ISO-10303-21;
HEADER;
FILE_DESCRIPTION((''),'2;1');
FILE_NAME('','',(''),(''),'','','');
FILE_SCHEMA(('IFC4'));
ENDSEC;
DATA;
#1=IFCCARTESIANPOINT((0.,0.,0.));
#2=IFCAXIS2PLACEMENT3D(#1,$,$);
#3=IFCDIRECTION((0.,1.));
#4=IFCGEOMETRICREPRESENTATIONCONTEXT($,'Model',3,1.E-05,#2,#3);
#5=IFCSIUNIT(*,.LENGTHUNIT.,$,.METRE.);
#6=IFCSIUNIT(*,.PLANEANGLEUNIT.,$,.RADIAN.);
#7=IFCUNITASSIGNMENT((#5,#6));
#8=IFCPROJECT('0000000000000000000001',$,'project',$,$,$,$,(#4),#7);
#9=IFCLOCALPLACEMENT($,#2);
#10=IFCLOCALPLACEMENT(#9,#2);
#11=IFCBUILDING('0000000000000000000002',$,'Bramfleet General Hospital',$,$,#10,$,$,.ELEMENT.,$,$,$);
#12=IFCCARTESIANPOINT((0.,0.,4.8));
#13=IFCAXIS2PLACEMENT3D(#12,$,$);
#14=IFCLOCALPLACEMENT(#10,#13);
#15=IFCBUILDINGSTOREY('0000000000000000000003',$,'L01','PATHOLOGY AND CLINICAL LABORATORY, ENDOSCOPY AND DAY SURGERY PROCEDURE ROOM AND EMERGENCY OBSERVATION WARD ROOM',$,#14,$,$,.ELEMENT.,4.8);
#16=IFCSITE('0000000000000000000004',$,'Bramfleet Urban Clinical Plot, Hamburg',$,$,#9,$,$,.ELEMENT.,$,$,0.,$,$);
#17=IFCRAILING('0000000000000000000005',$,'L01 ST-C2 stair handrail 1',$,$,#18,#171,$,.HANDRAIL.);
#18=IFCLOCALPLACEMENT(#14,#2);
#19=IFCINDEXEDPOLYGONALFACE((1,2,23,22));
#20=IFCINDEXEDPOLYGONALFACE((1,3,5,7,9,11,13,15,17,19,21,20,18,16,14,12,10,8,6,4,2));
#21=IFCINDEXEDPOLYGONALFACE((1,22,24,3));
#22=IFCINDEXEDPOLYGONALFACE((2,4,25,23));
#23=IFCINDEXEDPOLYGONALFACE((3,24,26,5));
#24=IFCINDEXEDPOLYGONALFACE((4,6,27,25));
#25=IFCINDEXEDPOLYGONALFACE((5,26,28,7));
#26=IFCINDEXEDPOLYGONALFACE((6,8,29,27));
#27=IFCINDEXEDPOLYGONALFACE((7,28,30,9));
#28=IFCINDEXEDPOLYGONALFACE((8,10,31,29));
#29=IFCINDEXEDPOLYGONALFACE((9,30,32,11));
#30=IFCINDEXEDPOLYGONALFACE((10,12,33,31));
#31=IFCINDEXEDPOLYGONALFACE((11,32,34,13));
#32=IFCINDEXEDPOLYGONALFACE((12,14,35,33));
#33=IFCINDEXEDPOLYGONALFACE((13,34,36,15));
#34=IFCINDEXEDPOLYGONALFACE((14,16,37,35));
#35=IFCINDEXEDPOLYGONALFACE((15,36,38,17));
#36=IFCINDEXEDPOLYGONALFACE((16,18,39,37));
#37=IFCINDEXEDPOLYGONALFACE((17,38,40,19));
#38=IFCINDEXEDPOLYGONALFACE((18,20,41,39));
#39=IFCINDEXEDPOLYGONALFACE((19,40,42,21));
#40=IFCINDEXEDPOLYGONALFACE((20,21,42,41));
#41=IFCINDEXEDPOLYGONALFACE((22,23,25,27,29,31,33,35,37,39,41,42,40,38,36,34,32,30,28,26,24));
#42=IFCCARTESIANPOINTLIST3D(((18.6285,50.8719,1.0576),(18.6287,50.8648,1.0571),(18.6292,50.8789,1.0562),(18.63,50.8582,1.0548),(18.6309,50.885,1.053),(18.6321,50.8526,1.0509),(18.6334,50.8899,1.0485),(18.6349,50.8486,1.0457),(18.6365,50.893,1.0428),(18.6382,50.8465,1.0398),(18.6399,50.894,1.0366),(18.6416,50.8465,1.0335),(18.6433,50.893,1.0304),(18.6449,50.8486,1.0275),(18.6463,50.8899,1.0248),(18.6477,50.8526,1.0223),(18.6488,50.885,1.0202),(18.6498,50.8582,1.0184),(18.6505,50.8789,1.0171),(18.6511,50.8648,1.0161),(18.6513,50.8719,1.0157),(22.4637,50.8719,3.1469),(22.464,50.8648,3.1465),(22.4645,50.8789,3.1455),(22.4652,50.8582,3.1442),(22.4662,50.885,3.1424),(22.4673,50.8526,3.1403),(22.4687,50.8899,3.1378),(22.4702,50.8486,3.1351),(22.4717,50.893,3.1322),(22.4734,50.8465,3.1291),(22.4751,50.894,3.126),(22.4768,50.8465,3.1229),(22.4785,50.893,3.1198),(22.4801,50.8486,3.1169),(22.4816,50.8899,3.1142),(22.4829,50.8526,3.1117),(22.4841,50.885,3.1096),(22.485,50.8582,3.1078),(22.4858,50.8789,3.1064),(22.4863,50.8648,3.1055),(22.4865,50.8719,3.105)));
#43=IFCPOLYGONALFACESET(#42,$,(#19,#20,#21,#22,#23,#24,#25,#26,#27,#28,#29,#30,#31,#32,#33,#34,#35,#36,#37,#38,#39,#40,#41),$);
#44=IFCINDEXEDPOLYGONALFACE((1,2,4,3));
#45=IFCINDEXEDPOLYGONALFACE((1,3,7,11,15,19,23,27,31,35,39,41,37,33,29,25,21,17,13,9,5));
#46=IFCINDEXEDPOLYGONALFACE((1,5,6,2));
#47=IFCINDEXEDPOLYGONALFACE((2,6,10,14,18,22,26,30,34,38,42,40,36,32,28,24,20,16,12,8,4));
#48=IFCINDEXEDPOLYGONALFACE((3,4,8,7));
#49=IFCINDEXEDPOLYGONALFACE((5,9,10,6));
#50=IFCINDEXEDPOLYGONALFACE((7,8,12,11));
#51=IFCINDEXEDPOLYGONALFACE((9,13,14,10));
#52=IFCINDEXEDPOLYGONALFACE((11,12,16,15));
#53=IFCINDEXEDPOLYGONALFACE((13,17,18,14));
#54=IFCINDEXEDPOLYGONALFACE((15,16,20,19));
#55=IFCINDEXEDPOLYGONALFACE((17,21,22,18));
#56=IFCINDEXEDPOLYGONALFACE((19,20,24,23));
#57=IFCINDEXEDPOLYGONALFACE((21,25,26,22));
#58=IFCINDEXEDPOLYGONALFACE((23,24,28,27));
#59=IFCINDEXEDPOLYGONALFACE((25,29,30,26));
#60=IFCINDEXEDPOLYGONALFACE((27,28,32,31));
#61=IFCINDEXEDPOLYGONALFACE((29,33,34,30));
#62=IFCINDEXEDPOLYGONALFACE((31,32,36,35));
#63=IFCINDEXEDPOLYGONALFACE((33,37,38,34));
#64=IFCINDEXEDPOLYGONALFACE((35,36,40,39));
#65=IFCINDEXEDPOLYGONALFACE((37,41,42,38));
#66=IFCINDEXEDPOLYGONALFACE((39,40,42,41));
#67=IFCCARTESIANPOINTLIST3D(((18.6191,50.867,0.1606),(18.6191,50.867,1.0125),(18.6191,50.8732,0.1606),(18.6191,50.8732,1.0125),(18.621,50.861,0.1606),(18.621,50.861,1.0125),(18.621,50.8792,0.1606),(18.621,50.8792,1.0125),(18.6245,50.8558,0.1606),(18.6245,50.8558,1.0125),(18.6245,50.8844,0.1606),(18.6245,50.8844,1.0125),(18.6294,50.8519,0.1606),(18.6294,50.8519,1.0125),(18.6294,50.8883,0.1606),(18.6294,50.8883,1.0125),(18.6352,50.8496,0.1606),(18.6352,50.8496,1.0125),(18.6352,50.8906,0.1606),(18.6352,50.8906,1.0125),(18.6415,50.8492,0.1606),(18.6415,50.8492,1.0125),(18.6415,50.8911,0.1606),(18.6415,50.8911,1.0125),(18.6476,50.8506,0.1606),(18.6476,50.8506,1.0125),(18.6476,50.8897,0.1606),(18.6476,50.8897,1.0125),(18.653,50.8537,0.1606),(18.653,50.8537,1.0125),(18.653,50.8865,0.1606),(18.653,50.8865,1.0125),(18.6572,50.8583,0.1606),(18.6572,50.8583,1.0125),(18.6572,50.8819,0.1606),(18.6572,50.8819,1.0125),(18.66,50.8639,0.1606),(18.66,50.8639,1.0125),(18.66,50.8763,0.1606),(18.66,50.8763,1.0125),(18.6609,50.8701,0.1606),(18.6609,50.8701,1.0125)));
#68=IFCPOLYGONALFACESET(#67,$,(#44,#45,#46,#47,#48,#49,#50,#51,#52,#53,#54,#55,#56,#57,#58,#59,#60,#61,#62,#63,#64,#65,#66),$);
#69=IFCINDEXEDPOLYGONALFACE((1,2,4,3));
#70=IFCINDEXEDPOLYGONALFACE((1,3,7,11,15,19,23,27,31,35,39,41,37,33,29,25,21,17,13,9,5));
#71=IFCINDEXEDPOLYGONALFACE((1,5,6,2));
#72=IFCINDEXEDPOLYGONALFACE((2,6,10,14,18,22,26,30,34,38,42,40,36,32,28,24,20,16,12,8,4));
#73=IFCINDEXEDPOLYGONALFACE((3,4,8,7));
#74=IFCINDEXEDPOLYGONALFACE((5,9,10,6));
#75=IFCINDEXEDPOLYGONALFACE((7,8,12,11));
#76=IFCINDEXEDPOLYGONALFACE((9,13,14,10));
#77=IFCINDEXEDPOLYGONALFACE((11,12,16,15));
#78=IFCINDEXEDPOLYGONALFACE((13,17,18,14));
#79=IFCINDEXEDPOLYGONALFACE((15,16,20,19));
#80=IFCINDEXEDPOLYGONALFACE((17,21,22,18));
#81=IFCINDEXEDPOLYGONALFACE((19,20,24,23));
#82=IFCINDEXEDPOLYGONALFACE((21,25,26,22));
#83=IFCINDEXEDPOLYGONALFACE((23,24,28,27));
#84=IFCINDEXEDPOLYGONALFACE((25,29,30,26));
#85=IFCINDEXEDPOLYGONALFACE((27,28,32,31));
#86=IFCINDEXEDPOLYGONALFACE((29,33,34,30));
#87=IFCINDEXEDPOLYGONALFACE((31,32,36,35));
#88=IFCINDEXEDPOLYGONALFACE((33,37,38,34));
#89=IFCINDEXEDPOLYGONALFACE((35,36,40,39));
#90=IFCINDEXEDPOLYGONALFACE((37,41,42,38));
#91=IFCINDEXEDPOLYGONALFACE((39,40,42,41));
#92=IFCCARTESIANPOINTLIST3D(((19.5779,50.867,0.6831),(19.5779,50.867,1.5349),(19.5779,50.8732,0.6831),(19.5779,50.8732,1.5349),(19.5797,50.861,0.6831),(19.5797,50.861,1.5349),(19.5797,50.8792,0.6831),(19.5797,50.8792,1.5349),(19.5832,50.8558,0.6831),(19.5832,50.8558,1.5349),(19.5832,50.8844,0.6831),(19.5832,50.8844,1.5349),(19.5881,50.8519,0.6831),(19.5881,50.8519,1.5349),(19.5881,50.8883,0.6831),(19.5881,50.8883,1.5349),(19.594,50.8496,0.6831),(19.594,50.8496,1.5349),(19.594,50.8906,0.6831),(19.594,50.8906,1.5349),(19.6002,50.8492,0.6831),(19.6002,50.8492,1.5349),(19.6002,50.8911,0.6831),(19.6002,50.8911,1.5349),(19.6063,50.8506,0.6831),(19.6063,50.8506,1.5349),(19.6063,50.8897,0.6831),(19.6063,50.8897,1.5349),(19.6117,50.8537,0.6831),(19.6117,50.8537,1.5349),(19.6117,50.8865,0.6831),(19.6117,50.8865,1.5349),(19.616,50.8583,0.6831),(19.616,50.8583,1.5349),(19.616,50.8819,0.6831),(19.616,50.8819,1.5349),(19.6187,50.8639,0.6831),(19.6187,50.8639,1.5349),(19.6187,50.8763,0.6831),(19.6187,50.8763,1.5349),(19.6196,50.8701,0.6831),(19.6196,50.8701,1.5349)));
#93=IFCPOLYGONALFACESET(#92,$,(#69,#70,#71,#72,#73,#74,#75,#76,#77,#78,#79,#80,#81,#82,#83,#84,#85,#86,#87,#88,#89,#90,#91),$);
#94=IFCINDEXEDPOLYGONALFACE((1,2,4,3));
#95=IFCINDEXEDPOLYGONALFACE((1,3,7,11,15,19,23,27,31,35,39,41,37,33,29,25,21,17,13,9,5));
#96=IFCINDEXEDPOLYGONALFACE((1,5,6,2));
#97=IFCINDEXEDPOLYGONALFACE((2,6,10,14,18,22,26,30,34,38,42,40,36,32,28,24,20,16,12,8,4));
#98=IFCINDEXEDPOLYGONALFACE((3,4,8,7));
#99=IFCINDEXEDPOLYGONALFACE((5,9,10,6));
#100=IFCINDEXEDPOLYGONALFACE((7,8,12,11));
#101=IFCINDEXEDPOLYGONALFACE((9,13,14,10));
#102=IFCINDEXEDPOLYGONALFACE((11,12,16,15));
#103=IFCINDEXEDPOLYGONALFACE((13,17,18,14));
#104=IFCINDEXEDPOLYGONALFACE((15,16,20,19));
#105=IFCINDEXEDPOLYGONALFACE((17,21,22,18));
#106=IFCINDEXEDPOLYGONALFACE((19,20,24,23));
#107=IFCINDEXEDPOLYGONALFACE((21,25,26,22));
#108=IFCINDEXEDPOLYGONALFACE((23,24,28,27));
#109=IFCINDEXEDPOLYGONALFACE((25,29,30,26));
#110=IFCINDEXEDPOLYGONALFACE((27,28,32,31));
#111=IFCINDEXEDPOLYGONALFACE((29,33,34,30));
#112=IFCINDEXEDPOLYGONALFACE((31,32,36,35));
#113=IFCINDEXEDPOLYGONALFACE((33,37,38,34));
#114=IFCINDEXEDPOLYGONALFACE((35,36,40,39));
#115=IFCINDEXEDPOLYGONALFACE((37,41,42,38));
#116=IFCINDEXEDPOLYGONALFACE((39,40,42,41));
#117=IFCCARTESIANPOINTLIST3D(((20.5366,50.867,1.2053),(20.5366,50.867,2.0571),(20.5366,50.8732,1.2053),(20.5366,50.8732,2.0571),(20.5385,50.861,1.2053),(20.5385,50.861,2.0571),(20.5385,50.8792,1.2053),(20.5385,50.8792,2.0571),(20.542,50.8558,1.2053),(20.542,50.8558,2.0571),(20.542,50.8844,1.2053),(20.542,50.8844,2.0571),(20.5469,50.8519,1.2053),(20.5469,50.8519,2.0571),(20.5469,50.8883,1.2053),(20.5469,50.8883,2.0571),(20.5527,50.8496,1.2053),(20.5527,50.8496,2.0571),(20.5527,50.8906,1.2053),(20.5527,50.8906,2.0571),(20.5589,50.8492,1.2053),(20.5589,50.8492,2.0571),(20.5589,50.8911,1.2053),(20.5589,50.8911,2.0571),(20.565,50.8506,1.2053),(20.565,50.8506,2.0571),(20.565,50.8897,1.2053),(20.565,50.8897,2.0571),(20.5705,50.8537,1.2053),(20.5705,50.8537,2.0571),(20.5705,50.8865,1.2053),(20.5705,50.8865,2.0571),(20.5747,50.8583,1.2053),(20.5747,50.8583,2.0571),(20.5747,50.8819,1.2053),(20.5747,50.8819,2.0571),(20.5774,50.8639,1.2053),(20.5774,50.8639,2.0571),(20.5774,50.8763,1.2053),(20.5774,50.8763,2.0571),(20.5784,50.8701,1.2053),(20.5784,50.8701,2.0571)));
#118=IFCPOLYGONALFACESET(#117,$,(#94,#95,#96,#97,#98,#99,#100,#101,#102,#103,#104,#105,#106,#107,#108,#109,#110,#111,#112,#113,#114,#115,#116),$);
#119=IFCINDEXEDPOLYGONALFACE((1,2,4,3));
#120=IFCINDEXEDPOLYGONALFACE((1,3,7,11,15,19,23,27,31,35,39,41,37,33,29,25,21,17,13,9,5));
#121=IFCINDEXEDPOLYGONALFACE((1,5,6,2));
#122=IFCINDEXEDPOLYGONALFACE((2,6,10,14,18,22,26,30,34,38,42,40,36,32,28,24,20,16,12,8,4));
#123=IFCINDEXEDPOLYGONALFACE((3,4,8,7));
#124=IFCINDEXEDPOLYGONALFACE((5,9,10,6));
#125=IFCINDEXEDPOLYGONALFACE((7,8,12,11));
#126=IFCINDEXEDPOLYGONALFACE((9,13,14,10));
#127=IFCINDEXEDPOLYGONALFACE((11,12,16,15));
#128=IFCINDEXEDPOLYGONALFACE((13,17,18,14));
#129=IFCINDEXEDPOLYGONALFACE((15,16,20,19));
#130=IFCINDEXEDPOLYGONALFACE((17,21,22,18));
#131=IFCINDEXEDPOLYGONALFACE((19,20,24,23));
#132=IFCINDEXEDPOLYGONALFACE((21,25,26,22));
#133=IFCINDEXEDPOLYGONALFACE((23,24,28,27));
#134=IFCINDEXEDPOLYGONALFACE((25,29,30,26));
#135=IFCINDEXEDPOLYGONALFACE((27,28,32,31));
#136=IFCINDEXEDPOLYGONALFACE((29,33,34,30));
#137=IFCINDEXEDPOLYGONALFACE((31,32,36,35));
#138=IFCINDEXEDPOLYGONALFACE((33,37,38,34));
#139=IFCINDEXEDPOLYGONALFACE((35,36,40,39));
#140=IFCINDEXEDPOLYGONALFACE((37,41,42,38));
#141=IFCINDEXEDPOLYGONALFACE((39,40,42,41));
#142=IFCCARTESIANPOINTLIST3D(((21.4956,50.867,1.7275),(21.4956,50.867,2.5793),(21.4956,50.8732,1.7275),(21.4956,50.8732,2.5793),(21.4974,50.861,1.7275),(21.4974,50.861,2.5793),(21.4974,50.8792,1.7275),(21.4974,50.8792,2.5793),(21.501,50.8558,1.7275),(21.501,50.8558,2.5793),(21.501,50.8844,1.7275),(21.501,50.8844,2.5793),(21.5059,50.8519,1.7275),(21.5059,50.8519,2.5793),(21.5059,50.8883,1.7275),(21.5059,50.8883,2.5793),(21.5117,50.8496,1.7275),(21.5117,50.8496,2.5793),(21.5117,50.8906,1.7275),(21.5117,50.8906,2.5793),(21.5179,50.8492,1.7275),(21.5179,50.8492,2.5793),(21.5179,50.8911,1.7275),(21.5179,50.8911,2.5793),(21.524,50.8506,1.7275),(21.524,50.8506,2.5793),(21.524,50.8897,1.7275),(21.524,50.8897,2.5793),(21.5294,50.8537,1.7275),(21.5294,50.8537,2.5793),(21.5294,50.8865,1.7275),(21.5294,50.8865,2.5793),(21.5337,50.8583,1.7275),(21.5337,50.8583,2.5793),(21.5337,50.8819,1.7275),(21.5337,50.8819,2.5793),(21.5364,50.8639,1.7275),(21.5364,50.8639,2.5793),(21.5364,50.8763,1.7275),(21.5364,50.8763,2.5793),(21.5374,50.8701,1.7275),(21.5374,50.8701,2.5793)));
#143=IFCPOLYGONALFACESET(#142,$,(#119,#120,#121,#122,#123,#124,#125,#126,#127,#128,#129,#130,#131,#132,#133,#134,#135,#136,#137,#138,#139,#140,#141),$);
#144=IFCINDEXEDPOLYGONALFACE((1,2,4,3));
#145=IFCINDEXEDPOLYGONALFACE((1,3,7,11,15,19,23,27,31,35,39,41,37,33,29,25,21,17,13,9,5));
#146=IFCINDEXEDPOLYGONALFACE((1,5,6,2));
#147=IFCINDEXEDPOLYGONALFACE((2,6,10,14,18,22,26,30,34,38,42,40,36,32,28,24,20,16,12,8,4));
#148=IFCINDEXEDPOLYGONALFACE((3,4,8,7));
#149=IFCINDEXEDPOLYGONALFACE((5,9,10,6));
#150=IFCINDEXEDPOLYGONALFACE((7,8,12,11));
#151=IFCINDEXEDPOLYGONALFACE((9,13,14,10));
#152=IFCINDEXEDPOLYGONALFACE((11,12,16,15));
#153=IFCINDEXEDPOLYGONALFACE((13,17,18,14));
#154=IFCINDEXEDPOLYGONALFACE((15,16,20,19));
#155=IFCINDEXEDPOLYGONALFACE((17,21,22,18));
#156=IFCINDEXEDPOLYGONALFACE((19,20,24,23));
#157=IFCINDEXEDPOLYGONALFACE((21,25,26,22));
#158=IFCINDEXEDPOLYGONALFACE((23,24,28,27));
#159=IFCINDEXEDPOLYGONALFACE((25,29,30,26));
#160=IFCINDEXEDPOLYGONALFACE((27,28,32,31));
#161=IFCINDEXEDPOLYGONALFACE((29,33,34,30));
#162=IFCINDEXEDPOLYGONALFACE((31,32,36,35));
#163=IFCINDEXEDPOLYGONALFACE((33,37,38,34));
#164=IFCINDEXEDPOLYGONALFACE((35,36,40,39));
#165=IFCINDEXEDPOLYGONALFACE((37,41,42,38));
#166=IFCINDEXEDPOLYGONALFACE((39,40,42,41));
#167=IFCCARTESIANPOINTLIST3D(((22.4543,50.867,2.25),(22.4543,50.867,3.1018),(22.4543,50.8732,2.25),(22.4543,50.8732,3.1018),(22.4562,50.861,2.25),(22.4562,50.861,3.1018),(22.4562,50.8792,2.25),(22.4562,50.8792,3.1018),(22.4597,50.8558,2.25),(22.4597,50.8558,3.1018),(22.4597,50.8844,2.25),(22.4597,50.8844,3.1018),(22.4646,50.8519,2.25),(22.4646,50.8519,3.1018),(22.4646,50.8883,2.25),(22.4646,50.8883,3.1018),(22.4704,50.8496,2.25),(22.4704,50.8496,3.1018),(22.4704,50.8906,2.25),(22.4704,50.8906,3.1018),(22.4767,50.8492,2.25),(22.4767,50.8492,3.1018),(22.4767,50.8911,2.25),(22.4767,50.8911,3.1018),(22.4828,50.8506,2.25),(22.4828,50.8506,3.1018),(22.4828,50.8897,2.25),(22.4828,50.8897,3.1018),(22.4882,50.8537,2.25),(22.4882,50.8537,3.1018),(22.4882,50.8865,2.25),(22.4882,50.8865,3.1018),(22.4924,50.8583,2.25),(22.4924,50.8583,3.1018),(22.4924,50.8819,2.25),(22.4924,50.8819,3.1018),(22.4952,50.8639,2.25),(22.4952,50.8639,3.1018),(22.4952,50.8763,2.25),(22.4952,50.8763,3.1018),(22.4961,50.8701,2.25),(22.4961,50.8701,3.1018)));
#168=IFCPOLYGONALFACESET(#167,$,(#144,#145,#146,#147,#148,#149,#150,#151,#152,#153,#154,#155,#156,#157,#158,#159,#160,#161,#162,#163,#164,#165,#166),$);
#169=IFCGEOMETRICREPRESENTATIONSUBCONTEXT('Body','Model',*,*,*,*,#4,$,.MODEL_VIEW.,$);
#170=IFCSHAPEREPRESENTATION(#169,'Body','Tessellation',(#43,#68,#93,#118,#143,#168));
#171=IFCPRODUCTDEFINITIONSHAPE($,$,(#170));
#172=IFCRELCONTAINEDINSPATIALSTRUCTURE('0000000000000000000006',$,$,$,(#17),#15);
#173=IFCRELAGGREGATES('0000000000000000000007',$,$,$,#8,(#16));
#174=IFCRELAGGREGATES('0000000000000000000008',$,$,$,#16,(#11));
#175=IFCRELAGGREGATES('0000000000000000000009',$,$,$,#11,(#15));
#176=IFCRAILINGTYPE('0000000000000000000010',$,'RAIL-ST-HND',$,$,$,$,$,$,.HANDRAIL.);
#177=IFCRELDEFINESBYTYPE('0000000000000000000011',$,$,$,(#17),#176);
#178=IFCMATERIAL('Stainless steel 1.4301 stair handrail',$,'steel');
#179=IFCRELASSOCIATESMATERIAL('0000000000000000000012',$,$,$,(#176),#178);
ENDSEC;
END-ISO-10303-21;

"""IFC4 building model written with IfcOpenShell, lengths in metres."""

from ifc_helpers import new_model, si_unit, direction, frame, origin, origin_2d, place, context, subcontext, project, spatial, circle, extrude, material, type_object, element, save


model = new_model("IFC4")

# Units and contexts
model_context = context("Model", 3, precision=1e-05, world=origin(), true_north=direction((0.0, 1.0)))
body_context = subcontext(model_context, "Body", "Model", "MODEL_VIEW")
ifc_project = project(units=[si_unit("LENGTHUNIT", "METRE"), si_unit("PLANEANGLEUNIT", "RADIAN")], contexts=[model_context])

# Site, building, storey
site_placement = place(None, origin())
site = spatial("IfcSite", under=ifc_project, at=site_placement, Name="Bramfleet Urban Clinical Plot, Hamburg", CompositionType="ELEMENT", RefElevation=0.0)
building_placement = place(site_placement, origin())
building = spatial("IfcBuilding", under=site, at=building_placement, Name="Bramfleet General Hospital", CompositionType="ELEMENT")
storey_placement = place(building_placement, frame((0.0, 0.0, 4.8)))
storey = spatial("IfcBuildingStorey", under=building, at=storey_placement, Name="L01", Description="PATHOLOGY AND CLINICAL LABORATORY, ENDOSCOPY AND DAY SURGERY PROCEDURE ROOM AND EMERGENCY OBSERVATION WARD ROOM", CompositionType="ELEMENT", Elevation=4.8)

# Railing
ifc_material_1 = material(Name="Stainless steel 1.4301 stair handrail", Category="steel")
railing_type_1 = type_object("IfcRailingType", Name="RAIL-ST-HND", PredefinedType="HANDRAIL", material=ifc_material_1)
railing_1_placement = place(storey_placement, frame((18.6399, 50.8701, 0.1606)))
element("IfcRailing", 1, at=railing_1_placement, inside=storey, type_object=railing_type_1, Name="L01 ST-C2 stair handrail 1", PredefinedType="HANDRAIL", context=body_context, shape_type="SweptSolid", body=[
    extrude(circle(Radius=0.0239, at=origin_2d()), frame((0.0, 0.0, 0.876), z_axis=(0.878143, 0.0, 0.478398), x_axis=(0.0, 1.0, 0.0)), (0.0, 0.0, 1.0), 4.3674),
    extrude(circle(Radius=0.021, at=origin_2d()), origin(), (0.0, 0.0, 1.0), 0.8518),
    extrude(circle(Radius=0.021, at=origin_2d()), frame((0.9587, 0.0, 0.5225)), (0.0, 0.0, 1.0), 0.8518),
    extrude(circle(Radius=0.021, at=origin_2d()), frame((1.9175, 0.0, 1.0447)), (0.0, 0.0, 1.0), 0.8518),
    extrude(circle(Radius=0.021, at=origin_2d()), frame((2.8765, 0.0, 1.5669)), (0.0, 0.0, 1.0), 0.8518),
    extrude(circle(Radius=0.021, at=origin_2d()), frame((3.8352, 0.0, 2.0894)), (0.0, 0.0, 1.0), 0.8518),
])

save(model, "model.ifc")
